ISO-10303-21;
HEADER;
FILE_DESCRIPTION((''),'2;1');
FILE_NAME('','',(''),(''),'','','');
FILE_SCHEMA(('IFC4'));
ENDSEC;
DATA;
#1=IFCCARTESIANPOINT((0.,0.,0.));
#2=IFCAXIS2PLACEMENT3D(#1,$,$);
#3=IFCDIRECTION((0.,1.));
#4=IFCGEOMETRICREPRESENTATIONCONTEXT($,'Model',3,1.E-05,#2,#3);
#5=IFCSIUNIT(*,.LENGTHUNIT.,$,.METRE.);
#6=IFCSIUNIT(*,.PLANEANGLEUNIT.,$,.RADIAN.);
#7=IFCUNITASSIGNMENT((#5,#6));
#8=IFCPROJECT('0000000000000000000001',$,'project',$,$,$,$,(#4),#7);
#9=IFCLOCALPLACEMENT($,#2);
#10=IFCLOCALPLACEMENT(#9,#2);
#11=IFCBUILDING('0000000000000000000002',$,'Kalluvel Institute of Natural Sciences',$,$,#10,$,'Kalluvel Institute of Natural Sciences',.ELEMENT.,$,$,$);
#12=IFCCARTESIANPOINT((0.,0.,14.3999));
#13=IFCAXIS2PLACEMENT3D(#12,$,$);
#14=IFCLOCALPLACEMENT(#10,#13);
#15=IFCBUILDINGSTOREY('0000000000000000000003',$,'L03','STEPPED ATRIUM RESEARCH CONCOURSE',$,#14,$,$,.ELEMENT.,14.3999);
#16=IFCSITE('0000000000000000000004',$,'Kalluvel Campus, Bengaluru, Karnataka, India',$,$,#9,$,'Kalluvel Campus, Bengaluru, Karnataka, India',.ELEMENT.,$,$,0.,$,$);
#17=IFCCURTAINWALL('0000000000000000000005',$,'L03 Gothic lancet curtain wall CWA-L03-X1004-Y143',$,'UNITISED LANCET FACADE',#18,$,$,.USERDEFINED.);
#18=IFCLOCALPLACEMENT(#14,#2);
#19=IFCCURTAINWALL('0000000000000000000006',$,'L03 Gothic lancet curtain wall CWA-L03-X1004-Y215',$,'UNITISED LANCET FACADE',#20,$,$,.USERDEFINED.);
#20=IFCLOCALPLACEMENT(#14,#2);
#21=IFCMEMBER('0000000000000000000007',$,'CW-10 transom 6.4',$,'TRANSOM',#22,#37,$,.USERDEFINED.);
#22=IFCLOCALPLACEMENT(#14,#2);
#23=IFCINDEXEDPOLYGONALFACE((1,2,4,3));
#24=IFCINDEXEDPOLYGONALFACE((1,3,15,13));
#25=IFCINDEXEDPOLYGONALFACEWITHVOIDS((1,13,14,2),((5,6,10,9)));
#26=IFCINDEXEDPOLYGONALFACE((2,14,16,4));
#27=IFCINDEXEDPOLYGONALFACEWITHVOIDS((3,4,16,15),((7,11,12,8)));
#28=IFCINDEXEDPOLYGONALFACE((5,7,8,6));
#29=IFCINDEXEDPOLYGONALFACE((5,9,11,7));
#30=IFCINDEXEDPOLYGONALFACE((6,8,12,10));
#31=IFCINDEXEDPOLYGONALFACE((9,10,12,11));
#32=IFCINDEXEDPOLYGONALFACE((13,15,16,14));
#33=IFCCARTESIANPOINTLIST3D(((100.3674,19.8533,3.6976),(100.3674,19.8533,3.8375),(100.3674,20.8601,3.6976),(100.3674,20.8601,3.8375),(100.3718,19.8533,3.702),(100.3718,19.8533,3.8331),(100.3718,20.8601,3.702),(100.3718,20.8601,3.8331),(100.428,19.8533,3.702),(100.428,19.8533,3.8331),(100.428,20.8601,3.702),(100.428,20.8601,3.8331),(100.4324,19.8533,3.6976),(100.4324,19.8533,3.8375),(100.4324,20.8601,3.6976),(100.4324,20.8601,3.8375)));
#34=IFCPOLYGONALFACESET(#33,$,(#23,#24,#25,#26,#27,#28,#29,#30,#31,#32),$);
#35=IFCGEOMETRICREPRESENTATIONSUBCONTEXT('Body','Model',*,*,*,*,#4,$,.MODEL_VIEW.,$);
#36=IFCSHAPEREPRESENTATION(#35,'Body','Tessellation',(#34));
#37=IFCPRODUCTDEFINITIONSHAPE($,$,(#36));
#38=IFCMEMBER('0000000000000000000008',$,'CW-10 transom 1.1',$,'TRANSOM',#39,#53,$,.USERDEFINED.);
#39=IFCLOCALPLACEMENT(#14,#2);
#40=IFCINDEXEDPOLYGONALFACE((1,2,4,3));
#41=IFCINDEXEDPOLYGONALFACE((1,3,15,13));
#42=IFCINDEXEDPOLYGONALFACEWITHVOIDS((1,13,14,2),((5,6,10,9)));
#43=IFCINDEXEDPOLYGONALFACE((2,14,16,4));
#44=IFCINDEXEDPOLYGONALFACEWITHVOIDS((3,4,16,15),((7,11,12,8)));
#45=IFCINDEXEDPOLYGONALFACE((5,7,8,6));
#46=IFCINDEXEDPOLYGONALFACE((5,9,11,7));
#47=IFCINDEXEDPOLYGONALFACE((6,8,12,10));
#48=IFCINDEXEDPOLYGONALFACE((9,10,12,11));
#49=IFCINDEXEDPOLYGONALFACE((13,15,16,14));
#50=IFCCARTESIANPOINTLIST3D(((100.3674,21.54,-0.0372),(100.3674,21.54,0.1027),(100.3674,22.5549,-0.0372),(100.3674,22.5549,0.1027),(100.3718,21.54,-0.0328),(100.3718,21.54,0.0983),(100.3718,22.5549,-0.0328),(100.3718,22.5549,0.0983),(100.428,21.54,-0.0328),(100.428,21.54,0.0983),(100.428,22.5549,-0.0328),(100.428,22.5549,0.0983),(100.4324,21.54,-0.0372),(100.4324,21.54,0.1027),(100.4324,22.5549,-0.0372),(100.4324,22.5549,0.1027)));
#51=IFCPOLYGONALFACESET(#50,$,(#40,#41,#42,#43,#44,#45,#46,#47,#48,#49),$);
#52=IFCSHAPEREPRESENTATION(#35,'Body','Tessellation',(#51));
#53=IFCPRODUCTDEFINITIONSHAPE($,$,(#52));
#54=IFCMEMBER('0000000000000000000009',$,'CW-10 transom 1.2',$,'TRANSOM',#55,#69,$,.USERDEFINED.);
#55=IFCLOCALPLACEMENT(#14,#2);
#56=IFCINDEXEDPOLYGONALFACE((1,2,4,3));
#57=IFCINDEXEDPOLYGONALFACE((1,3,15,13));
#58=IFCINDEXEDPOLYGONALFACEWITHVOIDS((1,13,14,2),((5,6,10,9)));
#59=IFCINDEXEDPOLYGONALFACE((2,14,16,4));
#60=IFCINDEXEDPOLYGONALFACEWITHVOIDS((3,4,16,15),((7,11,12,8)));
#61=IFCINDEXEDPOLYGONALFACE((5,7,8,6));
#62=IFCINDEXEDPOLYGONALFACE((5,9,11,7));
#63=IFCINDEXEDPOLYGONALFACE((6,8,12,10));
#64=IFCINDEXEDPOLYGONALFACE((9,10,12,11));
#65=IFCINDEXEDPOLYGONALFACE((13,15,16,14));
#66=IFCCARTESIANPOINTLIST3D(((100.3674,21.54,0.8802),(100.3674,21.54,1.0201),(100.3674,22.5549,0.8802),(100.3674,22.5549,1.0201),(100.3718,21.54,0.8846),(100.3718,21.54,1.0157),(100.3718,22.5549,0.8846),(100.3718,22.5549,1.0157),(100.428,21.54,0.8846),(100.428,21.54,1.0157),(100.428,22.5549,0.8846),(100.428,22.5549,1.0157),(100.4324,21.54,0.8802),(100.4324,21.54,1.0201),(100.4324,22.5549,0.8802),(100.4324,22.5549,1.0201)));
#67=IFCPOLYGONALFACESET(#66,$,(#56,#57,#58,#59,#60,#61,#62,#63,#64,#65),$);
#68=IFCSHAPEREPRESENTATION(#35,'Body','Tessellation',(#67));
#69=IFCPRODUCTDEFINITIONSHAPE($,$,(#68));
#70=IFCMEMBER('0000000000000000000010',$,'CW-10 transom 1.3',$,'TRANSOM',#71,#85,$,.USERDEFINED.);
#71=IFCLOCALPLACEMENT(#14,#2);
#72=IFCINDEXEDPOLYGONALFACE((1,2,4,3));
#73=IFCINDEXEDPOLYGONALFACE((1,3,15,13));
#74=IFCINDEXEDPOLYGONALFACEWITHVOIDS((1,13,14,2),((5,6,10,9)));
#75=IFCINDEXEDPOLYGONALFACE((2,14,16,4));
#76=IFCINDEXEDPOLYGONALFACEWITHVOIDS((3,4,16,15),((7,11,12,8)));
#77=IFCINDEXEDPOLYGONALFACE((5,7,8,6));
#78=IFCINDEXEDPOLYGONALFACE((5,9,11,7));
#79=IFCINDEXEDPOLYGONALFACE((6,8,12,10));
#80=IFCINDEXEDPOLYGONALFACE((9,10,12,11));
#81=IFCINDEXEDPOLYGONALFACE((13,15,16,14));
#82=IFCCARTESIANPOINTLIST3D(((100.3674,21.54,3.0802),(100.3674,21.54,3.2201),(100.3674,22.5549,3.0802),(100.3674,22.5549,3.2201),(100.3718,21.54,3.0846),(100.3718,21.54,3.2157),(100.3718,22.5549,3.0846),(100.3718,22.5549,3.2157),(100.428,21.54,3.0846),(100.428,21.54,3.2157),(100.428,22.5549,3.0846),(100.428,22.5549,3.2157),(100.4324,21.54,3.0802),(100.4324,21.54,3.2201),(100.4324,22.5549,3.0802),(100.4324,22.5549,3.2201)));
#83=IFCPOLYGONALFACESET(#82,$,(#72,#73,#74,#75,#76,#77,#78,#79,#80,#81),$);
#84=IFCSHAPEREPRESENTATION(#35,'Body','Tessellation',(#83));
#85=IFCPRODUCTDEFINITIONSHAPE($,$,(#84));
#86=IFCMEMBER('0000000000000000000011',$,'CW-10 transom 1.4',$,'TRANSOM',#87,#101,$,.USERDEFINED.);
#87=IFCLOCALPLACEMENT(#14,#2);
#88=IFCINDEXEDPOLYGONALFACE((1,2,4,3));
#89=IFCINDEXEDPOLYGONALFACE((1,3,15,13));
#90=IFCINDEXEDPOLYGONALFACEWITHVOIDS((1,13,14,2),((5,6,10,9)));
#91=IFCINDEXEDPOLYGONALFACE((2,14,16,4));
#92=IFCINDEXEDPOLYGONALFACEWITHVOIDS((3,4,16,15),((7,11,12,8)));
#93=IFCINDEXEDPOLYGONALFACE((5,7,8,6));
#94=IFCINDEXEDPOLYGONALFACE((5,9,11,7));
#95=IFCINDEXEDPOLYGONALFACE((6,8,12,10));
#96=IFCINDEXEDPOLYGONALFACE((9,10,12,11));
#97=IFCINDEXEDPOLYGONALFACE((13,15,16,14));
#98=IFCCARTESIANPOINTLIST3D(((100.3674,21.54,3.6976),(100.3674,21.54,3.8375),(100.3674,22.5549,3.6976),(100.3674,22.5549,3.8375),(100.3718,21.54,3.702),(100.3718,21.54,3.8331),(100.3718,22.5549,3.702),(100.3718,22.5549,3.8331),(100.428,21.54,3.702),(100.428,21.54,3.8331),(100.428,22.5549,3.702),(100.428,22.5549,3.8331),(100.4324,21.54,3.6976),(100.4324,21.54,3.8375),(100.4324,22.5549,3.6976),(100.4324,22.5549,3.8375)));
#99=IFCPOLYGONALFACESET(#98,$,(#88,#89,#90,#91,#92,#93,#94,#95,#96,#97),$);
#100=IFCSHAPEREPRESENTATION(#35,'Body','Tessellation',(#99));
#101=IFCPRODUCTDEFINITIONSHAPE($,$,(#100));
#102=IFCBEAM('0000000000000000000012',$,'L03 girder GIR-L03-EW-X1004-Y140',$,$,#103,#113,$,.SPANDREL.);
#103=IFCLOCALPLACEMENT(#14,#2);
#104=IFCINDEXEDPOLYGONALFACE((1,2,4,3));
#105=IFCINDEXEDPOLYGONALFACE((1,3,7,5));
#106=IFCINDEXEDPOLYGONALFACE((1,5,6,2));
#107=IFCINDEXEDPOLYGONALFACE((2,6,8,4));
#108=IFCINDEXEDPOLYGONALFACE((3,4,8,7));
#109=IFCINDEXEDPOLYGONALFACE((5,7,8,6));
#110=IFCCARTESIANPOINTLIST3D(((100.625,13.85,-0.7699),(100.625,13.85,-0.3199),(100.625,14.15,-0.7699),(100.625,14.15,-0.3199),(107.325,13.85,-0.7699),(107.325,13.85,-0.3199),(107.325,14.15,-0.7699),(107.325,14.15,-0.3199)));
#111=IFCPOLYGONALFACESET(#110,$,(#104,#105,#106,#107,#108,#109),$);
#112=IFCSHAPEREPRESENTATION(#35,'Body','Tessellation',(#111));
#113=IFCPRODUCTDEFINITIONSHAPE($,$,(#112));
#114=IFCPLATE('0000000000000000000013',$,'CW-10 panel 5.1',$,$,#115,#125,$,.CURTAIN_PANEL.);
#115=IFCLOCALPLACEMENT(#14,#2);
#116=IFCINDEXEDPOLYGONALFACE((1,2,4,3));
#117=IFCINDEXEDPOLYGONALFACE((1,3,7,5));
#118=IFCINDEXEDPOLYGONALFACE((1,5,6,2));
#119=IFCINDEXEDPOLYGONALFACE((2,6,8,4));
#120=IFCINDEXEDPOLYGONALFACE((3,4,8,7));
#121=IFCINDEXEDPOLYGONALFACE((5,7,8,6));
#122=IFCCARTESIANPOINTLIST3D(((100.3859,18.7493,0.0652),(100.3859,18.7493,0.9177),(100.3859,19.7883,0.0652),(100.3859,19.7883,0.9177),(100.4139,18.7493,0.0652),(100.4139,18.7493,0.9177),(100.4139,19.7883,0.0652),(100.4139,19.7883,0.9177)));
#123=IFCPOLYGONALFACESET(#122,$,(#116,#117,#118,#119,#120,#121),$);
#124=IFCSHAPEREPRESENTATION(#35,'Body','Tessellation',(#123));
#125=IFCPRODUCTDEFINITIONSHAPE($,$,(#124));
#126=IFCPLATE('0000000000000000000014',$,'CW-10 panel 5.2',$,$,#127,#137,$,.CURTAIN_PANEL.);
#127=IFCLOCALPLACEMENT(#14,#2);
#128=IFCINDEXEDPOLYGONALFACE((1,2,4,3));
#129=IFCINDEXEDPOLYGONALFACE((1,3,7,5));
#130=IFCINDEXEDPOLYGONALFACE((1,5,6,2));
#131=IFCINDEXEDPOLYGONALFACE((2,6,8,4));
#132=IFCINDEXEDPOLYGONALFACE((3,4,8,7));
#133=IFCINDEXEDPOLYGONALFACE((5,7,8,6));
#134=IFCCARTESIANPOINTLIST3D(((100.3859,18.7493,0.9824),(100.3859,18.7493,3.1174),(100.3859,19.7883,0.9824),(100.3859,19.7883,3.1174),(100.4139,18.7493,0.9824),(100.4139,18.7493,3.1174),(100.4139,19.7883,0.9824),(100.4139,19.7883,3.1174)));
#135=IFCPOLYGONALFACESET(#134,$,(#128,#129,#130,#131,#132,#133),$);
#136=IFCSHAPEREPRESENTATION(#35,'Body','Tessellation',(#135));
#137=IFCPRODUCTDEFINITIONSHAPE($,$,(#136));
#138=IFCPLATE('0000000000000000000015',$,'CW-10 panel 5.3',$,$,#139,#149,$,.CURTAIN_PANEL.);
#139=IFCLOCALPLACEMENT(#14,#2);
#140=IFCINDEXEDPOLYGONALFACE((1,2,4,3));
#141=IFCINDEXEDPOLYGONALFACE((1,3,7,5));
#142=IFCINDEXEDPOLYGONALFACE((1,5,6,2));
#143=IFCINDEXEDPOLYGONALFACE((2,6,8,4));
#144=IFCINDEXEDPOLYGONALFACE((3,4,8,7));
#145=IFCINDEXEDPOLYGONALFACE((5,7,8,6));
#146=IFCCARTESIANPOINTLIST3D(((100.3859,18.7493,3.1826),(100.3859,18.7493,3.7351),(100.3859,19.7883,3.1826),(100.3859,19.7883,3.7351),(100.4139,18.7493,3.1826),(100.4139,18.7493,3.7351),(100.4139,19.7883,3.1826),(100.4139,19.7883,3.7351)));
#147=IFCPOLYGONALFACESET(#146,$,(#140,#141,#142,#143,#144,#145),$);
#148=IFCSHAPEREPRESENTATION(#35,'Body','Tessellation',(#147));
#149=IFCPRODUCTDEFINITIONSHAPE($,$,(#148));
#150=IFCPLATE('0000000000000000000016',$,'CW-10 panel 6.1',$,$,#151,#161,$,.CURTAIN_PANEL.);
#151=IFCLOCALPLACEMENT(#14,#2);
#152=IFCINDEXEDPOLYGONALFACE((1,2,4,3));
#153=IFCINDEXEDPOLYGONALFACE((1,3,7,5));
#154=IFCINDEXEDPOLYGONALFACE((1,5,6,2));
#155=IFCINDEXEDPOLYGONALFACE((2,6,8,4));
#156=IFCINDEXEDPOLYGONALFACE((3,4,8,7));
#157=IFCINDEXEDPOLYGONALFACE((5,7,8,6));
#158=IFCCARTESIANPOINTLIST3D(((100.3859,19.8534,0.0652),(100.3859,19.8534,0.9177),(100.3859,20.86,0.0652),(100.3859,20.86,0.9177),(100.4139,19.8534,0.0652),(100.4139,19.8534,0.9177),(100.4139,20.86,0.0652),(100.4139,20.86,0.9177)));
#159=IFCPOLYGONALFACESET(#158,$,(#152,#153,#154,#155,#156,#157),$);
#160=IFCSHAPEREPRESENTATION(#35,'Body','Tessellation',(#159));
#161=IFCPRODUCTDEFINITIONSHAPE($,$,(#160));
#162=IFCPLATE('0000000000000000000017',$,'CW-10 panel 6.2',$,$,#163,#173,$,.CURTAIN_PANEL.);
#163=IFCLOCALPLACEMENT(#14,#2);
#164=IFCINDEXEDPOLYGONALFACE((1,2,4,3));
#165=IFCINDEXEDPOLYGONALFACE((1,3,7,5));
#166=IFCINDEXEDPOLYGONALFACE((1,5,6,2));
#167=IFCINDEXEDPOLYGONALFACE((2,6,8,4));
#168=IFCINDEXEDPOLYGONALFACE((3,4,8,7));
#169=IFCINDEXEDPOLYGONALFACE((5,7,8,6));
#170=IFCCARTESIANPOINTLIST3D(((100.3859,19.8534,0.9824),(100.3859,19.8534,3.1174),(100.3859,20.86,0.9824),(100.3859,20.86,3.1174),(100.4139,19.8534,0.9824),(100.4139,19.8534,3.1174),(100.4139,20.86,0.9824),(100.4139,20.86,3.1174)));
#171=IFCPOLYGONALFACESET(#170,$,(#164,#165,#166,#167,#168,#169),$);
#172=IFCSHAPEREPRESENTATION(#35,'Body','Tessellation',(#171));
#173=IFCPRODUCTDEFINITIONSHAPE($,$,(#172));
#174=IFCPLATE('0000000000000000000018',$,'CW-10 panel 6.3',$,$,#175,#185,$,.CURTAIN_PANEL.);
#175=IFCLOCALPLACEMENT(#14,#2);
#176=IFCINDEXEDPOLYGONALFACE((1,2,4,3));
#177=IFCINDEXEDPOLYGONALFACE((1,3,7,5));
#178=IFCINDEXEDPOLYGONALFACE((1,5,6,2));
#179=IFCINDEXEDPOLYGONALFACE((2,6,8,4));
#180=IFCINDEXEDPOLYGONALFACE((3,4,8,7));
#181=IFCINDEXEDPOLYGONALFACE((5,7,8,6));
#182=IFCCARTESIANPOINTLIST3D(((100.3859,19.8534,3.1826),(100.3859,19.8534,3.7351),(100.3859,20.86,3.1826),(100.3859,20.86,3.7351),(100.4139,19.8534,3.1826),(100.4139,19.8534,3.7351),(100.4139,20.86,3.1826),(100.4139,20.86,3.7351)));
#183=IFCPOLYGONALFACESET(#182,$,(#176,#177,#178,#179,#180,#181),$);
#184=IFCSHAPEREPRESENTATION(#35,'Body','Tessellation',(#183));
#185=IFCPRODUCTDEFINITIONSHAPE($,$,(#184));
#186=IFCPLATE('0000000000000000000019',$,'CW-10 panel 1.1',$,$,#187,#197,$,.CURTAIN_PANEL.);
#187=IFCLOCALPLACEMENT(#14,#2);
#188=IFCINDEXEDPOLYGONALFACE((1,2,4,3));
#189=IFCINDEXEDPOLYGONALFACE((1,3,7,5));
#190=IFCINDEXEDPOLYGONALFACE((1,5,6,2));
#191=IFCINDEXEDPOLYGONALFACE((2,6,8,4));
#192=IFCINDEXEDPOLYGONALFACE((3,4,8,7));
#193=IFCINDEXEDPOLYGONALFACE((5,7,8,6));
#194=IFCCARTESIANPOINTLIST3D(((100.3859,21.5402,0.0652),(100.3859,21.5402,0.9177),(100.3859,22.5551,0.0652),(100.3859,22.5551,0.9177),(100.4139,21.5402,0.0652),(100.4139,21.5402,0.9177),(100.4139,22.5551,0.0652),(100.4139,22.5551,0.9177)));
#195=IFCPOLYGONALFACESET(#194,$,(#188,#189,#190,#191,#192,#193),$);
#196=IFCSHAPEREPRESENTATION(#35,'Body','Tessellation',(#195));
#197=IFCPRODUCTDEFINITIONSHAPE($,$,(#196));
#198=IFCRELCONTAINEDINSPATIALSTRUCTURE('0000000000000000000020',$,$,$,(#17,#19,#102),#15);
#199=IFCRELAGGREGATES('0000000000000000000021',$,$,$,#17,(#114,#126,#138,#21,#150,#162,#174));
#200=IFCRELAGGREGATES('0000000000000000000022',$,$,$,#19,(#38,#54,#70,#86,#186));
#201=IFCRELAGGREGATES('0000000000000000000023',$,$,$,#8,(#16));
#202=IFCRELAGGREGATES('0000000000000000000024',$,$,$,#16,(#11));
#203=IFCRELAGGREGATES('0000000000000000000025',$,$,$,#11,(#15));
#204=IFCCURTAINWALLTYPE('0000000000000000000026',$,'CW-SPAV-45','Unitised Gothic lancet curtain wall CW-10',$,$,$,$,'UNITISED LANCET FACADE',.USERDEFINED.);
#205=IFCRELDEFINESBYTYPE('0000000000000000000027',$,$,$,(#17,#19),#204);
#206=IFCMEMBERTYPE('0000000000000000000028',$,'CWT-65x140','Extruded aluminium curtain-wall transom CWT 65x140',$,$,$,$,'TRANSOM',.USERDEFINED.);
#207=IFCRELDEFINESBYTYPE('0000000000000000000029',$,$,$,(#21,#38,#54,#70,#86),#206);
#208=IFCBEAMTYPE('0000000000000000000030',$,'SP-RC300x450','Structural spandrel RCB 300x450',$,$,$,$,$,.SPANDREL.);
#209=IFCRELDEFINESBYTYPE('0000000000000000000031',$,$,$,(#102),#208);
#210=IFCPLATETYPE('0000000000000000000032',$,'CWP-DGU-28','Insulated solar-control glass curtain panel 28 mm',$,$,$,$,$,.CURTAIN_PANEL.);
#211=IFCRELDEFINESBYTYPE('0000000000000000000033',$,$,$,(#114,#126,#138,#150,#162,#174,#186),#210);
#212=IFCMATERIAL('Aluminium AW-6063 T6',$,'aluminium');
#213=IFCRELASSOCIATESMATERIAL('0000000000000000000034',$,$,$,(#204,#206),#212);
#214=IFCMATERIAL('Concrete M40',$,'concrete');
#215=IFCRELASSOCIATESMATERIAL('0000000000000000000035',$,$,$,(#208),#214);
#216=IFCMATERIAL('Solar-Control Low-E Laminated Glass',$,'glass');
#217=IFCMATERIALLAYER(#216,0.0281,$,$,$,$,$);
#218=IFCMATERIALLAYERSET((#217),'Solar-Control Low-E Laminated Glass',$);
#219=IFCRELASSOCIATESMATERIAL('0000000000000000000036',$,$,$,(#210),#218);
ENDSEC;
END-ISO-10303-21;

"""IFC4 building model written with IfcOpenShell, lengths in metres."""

from ifc_helpers import new_model, si_unit, direction, frame, origin, origin_2d, place, context, subcontext, project, spatial, rectangle, hollow_rectangle, extrude, material, layer, layer_set, material_profile, profile_set, type_object, element, aggregate, save


model = new_model("IFC4")

# Units and contexts
model_context = context("Model", 3, precision=1e-05, world=origin(), true_north=direction((0.0, 1.0)))
body_context = subcontext(model_context, "Body", "Model", "MODEL_VIEW")
ifc_project = project(units=[si_unit("LENGTHUNIT", "METRE"), si_unit("PLANEANGLEUNIT", "RADIAN")], contexts=[model_context])

# Site, building, storey
site_placement = place(None, origin())
site = spatial("IfcSite", under=ifc_project, at=site_placement, Name="Kalluvel Campus, Bengaluru, Karnataka, India", LongName="Kalluvel Campus, Bengaluru, Karnataka, India", CompositionType="ELEMENT", RefElevation=0.0)
building_placement = place(site_placement, origin())
building = spatial("IfcBuilding", under=site, at=building_placement, Name="Kalluvel Institute of Natural Sciences", LongName="Kalluvel Institute of Natural Sciences", CompositionType="ELEMENT")
storey_placement = place(building_placement, frame((0.0, 0.0, 14.3999)))
storey = spatial("IfcBuildingStorey", under=building, at=storey_placement, Name="L03", Description="STEPPED ATRIUM RESEARCH CONCOURSE", CompositionType="ELEMENT", Elevation=14.3999)

# Shared definitions
ifc_material_1 = material(Name="Concrete M40", Category="concrete")

# Curtain wall
ifc_material_2 = material(Name="Aluminium AW-6063 T6", Category="aluminium")
curtain_wall_type = type_object("IfcCurtainWallType", Name="CW-SPAV-45", Description="Unitised Gothic lancet curtain wall CW-10", ElementType="UNITISED LANCET FACADE", PredefinedType="USERDEFINED", material=ifc_material_2)
curtain_wall_1_placement = place(storey_placement, origin())
curtain_wall_1 = element("IfcCurtainWall", 1, at=curtain_wall_1_placement, inside=storey, type_object=curtain_wall_type, Name="L03 Gothic lancet curtain wall CWA-L03-X1004-Y143", ObjectType="UNITISED LANCET FACADE", PredefinedType="USERDEFINED")

# Curtain wall
curtain_wall_2_placement = place(storey_placement, origin())
curtain_wall_2 = element("IfcCurtainWall", 2, at=curtain_wall_2_placement, inside=storey, type_object=curtain_wall_type, Name="L03 Gothic lancet curtain wall CWA-L03-X1004-Y215", ObjectType="UNITISED LANCET FACADE", PredefinedType="USERDEFINED")

# Members
ifc_material_profile_1 = material_profile(ifc_material_2, hollow_rectangle(XDim=0.0649, YDim=0.1399, WallThickness=0.0044, at=origin_2d()), Name="CWT 65x140")
ifc_profile_set_1 = profile_set([ifc_material_profile_1], Name="Aluminium AW-6063 T6")
member_type_1 = type_object("IfcMemberType", Name="CWT-65x140", Description="Extruded aluminium curtain-wall transom CWT 65x140", ElementType="TRANSOM", PredefinedType="USERDEFINED", material=ifc_profile_set_1)
member_1_placement = place(storey_placement, frame((100.3999, 19.8533, 3.7676), z_axis=(0.0, 1.0, 0.0), x_axis=(-1.0, 0.0, 0.0)))
member_1 = element("IfcMember", 3, at=member_1_placement, type_object=member_type_1, Name="CW-10 transom 6.4", ObjectType="TRANSOM", PredefinedType="USERDEFINED", context=body_context, shape_type="SweptSolid", body=[
    extrude(hollow_rectangle(XDim=0.0649, YDim=0.1399, WallThickness=0.0044, at=origin_2d()), origin(), (0.0, 0.0, 1.0), 1.0068),
])
member_2_placement = place(storey_placement, frame((100.3999, 21.54, 0.0327), z_axis=(0.0, 1.0, 0.0), x_axis=(-1.0, 0.0, 0.0)))
member_2 = element("IfcMember", 4, at=member_2_placement, type_object=member_type_1, Name="CW-10 transom 1.1", ObjectType="TRANSOM", PredefinedType="USERDEFINED", context=body_context, shape_type="SweptSolid", body=[
    extrude(hollow_rectangle(XDim=0.0649, YDim=0.1399, WallThickness=0.0044, at=origin_2d()), origin(), (0.0, 0.0, 1.0), 1.0149),
])
member_3_placement = place(storey_placement, frame((100.3999, 21.54, 0.9502), z_axis=(0.0, 1.0, 0.0), x_axis=(-1.0, 0.0, 0.0)))
member_3 = element("IfcMember", 5, at=member_3_placement, type_object=member_type_1, Name="CW-10 transom 1.2", ObjectType="TRANSOM", PredefinedType="USERDEFINED", context=body_context, shape_type="SweptSolid", body=[
    extrude(hollow_rectangle(XDim=0.0649, YDim=0.1399, WallThickness=0.0044, at=origin_2d()), origin(), (0.0, 0.0, 1.0), 1.0149),
])
member_4_placement = place(storey_placement, frame((100.3999, 21.54, 3.1501), z_axis=(0.0, 1.0, 0.0), x_axis=(-1.0, 0.0, 0.0)))
member_4 = element("IfcMember", 6, at=member_4_placement, type_object=member_type_1, Name="CW-10 transom 1.3", ObjectType="TRANSOM", PredefinedType="USERDEFINED", context=body_context, shape_type="SweptSolid", body=[
    extrude(hollow_rectangle(XDim=0.0649, YDim=0.1399, WallThickness=0.0044, at=origin_2d()), origin(), (0.0, 0.0, 1.0), 1.0149),
])
member_5_placement = place(storey_placement, frame((100.3999, 21.54, 3.7676), z_axis=(0.0, 1.0, 0.0), x_axis=(-1.0, 0.0, 0.0)))
member_5 = element("IfcMember", 7, at=member_5_placement, type_object=member_type_1, Name="CW-10 transom 1.4", ObjectType="TRANSOM", PredefinedType="USERDEFINED", context=body_context, shape_type="SweptSolid", body=[
    extrude(hollow_rectangle(XDim=0.0649, YDim=0.1399, WallThickness=0.0044, at=origin_2d()), origin(), (0.0, 0.0, 1.0), 1.0149),
])

# Beam
ifc_material_profile_2 = material_profile(ifc_material_1, rectangle(XDim=0.3, YDim=0.45, at=origin_2d()), Name="RCB 300x450")
ifc_profile_set_2 = profile_set([ifc_material_profile_2], Name="Concrete M40")
beam_type_1 = type_object("IfcBeamType", Name="SP-RC300x450", Description="Structural spandrel RCB 300x450", PredefinedType="SPANDREL", material=ifc_profile_set_2)
beam_1_placement = place(storey_placement, frame((100.625, 14.0, -0.5449), z_axis=(1.0, 0.0, 0.0), x_axis=(0.0, 1.0, 0.0)))
element("IfcBeam", 8, at=beam_1_placement, inside=storey, type_object=beam_type_1, Name="L03 girder GIR-L03-EW-X1004-Y140", PredefinedType="SPANDREL", context=body_context, shape_type="SweptSolid", body=[
    extrude(rectangle(XDim=0.3, YDim=0.45, at=origin_2d()), origin(), (0.0, 0.0, 1.0), 6.7),
])

# Plates
ifc_material_3 = material(Name="Solar-Control Low-E Laminated Glass", Category="glass")
ifc_layer_1 = layer(ifc_material_3, 0.0281)
ifc_layer_set_1 = layer_set([ifc_layer_1], Name="Solar-Control Low-E Laminated Glass")
plate_type = type_object("IfcPlateType", Name="CWP-DGU-28", Description="Insulated solar-control glass curtain panel 28 mm", PredefinedType="CURTAIN_PANEL", material=ifc_layer_set_1)
plate_1_placement = place(storey_placement, frame((100.3999, 19.2688, 0.0652), z_axis=(0.0, 0.0, 1.0), x_axis=(0.0, 1.0, 0.0)))
plate_1 = element("IfcPlate", 9, at=plate_1_placement, type_object=plate_type, Name="CW-10 panel 5.1", PredefinedType="CURTAIN_PANEL", context=body_context, shape_type="SweptSolid", body=[
    extrude(rectangle(XDim=1.0391, YDim=0.0281, at=origin_2d()), origin(), (0.0, 0.0, 1.0), 0.8525),
])
plate_2_placement = place(storey_placement, frame((100.3999, 19.2688, 0.9824), z_axis=(0.0, 0.0, 1.0), x_axis=(0.0, 1.0, 0.0)))
plate_2 = element("IfcPlate", 10, at=plate_2_placement, type_object=plate_type, Name="CW-10 panel 5.2", PredefinedType="CURTAIN_PANEL", context=body_context, shape_type="SweptSolid", body=[
    extrude(rectangle(XDim=1.0391, YDim=0.0281, at=origin_2d()), origin(), (0.0, 0.0, 1.0), 2.135),
])
plate_3_placement = place(storey_placement, frame((100.3999, 19.2688, 3.1826), z_axis=(0.0, 0.0, 1.0), x_axis=(0.0, 1.0, 0.0)))
plate_3 = element("IfcPlate", 11, at=plate_3_placement, type_object=plate_type, Name="CW-10 panel 5.3", PredefinedType="CURTAIN_PANEL", context=body_context, shape_type="SweptSolid", body=[
    extrude(rectangle(XDim=1.0391, YDim=0.0281, at=origin_2d()), origin(), (0.0, 0.0, 1.0), 0.5525),
])
plate_4_placement = place(storey_placement, frame((100.3999, 20.3567, 0.0652), z_axis=(0.0, 0.0, 1.0), x_axis=(0.0, 1.0, 0.0)))
plate_4 = element("IfcPlate", 12, at=plate_4_placement, type_object=plate_type, Name="CW-10 panel 6.1", PredefinedType="CURTAIN_PANEL", context=body_context, shape_type="SweptSolid", body=[
    extrude(rectangle(XDim=1.0066, YDim=0.0281, at=origin_2d()), origin(), (0.0, 0.0, 1.0), 0.8525),
])
plate_5_placement = place(storey_placement, frame((100.3999, 20.3567, 0.9824), z_axis=(0.0, 0.0, 1.0), x_axis=(0.0, 1.0, 0.0)))
plate_5 = element("IfcPlate", 13, at=plate_5_placement, type_object=plate_type, Name="CW-10 panel 6.2", PredefinedType="CURTAIN_PANEL", context=body_context, shape_type="SweptSolid", body=[
    extrude(rectangle(XDim=1.0066, YDim=0.0281, at=origin_2d()), origin(), (0.0, 0.0, 1.0), 2.135),
])
plate_6_placement = place(storey_placement, frame((100.3999, 20.3567, 3.1826), z_axis=(0.0, 0.0, 1.0), x_axis=(0.0, 1.0, 0.0)))
plate_6 = element("IfcPlate", 14, at=plate_6_placement, type_object=plate_type, Name="CW-10 panel 6.3", PredefinedType="CURTAIN_PANEL", context=body_context, shape_type="SweptSolid", body=[
    extrude(rectangle(XDim=1.0066, YDim=0.0281, at=origin_2d()), origin(), (0.0, 0.0, 1.0), 0.5525),
])
aggregate(curtain_wall_1, [plate_1, plate_2, plate_3, member_1, plate_4, plate_5, plate_6])
plate_7_placement = place(storey_placement, frame((100.3999, 22.0476, 0.0652), z_axis=(0.0, 0.0, 1.0), x_axis=(0.0, 1.0, 0.0)))
plate_7 = element("IfcPlate", 15, at=plate_7_placement, type_object=plate_type, Name="CW-10 panel 1.1", PredefinedType="CURTAIN_PANEL", context=body_context, shape_type="SweptSolid", body=[
    extrude(rectangle(XDim=1.0149, YDim=0.0281, at=origin_2d()), origin(), (0.0, 0.0, 1.0), 0.8525),
])
aggregate(curtain_wall_2, [member_2, member_3, member_4, member_5, plate_7])

save(model, "model.ifc")
